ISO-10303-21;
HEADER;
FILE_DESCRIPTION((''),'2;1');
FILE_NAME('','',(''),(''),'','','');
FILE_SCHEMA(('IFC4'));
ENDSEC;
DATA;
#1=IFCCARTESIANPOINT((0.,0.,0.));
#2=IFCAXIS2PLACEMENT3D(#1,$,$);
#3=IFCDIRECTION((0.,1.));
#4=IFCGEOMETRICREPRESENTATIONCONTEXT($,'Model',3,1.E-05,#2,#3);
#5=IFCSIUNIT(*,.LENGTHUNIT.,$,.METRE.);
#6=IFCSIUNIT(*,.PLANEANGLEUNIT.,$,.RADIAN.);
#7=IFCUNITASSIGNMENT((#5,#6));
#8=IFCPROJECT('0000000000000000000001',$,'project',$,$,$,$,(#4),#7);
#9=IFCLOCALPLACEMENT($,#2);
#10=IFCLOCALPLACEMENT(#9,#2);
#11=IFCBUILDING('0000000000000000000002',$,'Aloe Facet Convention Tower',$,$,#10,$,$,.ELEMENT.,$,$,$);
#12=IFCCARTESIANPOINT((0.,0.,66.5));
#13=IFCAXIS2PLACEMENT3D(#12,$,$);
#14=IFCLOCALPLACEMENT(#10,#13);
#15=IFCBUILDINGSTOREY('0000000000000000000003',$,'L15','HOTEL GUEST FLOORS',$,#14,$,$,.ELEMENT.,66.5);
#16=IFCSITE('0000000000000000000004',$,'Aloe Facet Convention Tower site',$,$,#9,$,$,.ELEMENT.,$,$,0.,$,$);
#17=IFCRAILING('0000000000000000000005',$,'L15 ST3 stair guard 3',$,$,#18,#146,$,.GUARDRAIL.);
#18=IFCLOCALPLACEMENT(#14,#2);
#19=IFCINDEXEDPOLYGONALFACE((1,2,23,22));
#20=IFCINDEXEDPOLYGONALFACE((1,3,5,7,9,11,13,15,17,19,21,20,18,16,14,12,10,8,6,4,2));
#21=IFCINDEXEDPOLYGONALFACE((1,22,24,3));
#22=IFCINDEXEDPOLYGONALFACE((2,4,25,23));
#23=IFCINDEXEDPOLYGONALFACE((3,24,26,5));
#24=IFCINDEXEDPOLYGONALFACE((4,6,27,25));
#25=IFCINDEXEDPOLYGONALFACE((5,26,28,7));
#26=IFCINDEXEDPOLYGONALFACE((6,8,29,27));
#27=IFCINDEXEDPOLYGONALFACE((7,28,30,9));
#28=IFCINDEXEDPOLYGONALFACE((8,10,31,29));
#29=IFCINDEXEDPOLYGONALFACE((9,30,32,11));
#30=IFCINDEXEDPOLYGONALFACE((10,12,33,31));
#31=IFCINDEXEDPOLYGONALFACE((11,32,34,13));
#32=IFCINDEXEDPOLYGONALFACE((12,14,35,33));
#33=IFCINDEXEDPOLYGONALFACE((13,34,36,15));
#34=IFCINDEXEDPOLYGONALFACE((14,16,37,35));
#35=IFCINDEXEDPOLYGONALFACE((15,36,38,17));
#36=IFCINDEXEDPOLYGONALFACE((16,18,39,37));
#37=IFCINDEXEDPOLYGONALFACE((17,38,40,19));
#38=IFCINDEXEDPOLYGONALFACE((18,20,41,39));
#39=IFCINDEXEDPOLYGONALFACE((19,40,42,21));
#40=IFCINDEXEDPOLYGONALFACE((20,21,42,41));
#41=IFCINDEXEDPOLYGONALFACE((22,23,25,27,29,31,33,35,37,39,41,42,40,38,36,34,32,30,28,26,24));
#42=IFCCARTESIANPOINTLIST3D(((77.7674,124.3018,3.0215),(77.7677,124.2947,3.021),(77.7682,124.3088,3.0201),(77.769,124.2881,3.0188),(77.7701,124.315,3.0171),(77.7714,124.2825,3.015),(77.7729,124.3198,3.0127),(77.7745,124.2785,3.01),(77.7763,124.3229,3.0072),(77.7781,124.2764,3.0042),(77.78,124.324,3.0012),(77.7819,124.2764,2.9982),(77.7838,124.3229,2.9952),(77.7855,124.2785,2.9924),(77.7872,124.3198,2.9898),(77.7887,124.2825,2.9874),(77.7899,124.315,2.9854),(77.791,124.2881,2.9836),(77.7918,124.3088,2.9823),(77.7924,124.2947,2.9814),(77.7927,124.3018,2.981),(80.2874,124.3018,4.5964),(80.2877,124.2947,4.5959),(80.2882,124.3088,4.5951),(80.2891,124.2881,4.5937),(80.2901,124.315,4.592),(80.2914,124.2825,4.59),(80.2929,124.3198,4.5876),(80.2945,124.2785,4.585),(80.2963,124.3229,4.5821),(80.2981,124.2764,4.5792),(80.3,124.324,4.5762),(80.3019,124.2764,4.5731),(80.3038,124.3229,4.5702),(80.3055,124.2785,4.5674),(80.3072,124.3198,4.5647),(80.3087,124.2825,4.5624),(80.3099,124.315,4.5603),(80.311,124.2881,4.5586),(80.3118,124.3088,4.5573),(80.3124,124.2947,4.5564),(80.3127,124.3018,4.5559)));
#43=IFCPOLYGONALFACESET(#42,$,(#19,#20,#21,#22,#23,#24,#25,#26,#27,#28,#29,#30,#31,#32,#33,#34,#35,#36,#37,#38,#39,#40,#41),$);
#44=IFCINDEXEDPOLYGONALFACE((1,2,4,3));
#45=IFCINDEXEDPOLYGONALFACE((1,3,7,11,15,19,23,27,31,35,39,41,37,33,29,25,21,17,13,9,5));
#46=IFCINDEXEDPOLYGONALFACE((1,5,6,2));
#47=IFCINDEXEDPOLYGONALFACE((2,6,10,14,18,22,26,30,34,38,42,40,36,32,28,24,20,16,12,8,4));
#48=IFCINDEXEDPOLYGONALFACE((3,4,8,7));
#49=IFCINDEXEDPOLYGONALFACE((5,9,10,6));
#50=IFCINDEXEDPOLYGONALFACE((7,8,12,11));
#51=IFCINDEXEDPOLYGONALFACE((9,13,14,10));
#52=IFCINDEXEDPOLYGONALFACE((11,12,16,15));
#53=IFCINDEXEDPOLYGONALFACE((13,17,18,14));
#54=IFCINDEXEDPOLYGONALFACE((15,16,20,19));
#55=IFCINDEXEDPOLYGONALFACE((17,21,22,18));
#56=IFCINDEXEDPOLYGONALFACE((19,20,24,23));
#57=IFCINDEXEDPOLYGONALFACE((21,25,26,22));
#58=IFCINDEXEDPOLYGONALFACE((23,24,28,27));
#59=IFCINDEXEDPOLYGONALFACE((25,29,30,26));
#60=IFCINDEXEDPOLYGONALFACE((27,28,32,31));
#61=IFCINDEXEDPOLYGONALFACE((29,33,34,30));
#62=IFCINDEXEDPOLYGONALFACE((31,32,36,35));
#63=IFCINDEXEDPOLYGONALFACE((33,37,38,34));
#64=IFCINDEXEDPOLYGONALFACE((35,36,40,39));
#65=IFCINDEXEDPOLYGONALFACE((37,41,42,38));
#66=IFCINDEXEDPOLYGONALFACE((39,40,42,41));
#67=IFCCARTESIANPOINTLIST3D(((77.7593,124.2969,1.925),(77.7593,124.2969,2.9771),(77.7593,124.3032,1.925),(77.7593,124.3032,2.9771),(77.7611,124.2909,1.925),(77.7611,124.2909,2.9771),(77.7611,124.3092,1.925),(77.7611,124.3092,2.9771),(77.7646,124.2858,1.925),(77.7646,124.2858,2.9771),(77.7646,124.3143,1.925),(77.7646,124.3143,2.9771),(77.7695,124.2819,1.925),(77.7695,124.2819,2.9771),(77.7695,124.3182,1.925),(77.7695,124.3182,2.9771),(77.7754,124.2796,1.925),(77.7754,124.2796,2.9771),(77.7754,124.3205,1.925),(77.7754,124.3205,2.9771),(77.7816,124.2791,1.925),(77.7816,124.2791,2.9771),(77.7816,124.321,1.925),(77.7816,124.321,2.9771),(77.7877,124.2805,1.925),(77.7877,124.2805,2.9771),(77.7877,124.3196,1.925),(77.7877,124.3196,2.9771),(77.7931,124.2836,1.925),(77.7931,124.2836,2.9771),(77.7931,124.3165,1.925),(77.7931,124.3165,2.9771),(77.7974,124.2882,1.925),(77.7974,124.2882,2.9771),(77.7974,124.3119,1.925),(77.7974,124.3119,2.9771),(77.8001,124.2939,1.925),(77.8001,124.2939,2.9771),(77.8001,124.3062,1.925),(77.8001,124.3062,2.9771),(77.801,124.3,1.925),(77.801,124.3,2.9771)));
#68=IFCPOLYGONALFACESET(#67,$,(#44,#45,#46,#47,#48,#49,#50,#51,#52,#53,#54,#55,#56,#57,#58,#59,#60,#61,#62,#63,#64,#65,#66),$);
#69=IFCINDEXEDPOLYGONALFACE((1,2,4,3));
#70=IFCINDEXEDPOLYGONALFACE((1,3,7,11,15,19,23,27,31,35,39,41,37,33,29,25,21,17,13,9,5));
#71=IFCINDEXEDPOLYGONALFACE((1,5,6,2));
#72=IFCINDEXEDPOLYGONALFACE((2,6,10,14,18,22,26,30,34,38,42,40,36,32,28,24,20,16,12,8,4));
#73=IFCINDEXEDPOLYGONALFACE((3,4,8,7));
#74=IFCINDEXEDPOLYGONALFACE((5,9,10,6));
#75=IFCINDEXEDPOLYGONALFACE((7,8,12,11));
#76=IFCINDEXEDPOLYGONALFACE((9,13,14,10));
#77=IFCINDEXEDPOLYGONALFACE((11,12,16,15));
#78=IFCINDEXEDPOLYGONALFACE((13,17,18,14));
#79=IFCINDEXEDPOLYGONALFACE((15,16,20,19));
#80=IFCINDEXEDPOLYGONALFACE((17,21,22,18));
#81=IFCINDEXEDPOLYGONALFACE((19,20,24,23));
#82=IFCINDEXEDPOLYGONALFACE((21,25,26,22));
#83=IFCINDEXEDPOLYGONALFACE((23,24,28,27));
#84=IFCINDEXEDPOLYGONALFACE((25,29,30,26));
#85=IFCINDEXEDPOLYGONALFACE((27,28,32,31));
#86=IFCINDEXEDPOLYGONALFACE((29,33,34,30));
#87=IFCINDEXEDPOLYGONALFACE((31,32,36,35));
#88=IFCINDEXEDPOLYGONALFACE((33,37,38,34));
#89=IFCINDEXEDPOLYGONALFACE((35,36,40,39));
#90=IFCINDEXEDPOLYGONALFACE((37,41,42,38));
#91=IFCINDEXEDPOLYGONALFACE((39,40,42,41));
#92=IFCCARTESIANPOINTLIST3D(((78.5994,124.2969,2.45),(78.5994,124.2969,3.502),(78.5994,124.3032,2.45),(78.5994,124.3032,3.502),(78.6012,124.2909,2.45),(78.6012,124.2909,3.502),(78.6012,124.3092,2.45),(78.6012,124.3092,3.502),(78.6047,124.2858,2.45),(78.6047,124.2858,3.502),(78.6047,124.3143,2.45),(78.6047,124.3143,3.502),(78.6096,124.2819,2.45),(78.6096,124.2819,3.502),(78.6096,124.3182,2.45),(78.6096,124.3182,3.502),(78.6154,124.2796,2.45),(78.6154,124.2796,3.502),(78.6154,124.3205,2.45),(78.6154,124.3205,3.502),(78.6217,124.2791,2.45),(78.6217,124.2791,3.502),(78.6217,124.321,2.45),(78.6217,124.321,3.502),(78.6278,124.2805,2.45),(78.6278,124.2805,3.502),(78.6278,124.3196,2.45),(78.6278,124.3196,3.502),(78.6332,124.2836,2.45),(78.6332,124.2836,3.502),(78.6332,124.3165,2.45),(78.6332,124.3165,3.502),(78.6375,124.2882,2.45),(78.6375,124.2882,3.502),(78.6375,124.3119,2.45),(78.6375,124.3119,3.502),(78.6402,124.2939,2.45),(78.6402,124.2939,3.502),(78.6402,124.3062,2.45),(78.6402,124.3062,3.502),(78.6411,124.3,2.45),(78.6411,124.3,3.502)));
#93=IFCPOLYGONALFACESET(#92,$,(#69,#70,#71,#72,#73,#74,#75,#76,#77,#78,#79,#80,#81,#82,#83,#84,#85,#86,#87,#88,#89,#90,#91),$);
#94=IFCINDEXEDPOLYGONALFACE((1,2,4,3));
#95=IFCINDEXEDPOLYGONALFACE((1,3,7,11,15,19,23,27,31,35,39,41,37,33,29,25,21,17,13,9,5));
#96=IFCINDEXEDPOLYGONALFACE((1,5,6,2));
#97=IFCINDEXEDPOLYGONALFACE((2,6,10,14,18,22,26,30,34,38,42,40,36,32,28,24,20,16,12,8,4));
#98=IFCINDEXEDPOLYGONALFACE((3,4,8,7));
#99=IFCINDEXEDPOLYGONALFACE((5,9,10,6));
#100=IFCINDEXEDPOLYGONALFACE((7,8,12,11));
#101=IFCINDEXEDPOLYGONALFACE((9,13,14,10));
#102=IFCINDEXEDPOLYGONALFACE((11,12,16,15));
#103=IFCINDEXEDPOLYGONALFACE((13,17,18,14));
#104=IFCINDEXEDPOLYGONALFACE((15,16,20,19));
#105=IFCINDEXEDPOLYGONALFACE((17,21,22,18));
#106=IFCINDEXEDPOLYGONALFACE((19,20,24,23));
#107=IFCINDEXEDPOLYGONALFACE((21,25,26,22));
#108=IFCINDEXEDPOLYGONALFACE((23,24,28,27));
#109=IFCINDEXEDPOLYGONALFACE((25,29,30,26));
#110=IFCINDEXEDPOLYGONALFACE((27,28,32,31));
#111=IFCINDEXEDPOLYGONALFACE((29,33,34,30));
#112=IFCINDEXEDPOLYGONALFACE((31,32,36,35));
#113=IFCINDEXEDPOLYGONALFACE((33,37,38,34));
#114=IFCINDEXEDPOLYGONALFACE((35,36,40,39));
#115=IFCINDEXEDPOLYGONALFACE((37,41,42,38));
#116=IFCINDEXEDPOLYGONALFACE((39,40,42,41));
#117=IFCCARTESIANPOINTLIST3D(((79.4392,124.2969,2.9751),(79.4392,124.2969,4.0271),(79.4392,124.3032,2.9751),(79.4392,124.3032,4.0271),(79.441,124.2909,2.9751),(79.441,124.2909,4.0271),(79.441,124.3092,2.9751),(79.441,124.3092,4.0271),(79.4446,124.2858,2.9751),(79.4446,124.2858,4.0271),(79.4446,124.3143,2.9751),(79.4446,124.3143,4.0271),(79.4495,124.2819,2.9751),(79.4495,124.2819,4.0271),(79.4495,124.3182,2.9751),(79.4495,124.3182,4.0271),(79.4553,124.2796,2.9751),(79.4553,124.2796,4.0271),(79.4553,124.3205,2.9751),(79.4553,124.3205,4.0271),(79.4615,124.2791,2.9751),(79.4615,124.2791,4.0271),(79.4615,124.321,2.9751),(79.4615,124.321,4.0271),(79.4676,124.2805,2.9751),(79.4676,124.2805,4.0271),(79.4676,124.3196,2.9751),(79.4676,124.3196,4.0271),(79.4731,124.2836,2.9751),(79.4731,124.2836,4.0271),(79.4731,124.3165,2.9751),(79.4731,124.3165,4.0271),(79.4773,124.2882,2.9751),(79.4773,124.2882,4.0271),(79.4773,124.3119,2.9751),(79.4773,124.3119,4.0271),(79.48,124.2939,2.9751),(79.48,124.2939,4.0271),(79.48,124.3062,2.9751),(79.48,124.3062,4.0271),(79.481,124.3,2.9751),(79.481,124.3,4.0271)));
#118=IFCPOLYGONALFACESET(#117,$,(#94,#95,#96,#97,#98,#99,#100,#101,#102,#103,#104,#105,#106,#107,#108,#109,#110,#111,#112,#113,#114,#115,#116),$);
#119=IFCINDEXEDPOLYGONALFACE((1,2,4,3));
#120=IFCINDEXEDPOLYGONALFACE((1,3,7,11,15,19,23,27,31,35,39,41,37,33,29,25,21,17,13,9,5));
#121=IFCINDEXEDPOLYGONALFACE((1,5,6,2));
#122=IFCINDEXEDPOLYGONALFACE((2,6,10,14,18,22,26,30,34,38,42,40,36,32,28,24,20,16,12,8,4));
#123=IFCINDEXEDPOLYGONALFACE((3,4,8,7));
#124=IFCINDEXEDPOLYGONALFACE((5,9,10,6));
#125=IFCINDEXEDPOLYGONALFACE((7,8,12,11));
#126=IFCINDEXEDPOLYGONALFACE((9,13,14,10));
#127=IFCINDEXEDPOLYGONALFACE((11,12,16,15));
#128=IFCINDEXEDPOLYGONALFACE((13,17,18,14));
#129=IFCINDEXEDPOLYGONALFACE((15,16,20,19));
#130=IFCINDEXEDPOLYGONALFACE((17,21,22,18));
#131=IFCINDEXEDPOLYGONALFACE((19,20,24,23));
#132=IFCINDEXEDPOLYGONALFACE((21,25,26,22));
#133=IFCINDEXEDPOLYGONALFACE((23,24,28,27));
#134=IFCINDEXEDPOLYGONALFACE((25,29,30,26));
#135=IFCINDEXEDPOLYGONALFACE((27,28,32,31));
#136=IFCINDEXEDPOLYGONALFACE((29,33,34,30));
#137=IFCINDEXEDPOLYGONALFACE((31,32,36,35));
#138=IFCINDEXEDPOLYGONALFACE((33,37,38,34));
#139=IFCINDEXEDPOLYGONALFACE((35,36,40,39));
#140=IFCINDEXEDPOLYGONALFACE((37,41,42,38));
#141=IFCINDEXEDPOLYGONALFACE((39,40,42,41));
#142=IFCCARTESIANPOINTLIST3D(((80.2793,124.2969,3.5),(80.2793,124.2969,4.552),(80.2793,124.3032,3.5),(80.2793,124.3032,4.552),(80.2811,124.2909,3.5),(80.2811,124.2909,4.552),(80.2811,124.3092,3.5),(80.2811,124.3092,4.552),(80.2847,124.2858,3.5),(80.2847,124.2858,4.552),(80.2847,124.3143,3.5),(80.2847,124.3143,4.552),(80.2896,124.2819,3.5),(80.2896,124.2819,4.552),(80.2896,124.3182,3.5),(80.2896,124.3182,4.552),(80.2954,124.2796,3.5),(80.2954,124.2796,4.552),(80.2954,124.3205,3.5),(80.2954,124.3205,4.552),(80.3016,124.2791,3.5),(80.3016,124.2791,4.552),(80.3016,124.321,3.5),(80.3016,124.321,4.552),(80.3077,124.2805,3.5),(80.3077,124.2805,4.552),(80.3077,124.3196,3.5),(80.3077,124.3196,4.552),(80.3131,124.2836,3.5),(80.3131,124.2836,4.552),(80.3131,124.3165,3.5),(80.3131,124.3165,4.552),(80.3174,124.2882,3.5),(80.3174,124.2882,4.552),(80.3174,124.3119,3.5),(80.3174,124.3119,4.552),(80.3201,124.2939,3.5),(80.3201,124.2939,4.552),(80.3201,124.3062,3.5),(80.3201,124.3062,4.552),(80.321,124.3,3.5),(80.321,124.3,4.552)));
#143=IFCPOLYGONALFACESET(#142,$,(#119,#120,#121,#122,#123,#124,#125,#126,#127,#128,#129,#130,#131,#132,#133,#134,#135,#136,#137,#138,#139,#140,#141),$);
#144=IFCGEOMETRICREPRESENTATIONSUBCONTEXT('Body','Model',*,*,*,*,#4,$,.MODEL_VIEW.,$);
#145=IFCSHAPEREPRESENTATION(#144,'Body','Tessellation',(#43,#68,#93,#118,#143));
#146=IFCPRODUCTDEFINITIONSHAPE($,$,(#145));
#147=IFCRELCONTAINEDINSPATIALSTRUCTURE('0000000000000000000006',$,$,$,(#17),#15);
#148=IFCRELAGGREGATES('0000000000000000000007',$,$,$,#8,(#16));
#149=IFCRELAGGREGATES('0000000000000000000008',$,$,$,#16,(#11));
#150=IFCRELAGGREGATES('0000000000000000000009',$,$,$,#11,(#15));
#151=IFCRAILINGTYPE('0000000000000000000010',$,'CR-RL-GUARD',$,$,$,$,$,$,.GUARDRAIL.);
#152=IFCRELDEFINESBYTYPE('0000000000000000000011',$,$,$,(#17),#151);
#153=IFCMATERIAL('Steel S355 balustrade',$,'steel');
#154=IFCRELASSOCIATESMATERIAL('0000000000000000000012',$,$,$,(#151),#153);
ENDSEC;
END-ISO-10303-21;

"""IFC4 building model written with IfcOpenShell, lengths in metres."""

from ifc_helpers import new_model, si_unit, direction, frame, origin, origin_2d, place, context, subcontext, project, spatial, circle, extrude, material, type_object, element, save


model = new_model("IFC4")

# Units and contexts
model_context = context("Model", 3, precision=1e-05, world=origin(), true_north=direction((0.0, 1.0)))
body_context = subcontext(model_context, "Body", "Model", "MODEL_VIEW")
ifc_project = project(units=[si_unit("LENGTHUNIT", "METRE"), si_unit("PLANEANGLEUNIT", "RADIAN")], contexts=[model_context])

# Site, building, storey
site_placement = place(None, origin())
site = spatial("IfcSite", under=ifc_project, at=site_placement, Name="Aloe Facet Convention Tower site", CompositionType="ELEMENT", RefElevation=0.0)
building_placement = place(site_placement, origin())
building = spatial("IfcBuilding", under=site, at=building_placement, Name="Aloe Facet Convention Tower", CompositionType="ELEMENT")
storey_placement = place(building_placement, frame((0.0, 0.0, 66.5)))
storey = spatial("IfcBuildingStorey", under=building, at=storey_placement, Name="L15", Description="HOTEL GUEST FLOORS", CompositionType="ELEMENT", Elevation=66.5)

# Railing
ifc_material_1 = material(Name="Steel S355 balustrade", Category="steel")
railing_type_1 = type_object("IfcRailingType", Name="CR-RL-GUARD", PredefinedType="GUARDRAIL", material=ifc_material_1)
railing_1_placement = place(storey_placement, frame((77.78, 124.3, 1.925)))
element("IfcRailing", 1, at=railing_1_placement, inside=storey, type_object=railing_type_1, Name="L15 ST3 stair guard 3", PredefinedType="GUARDRAIL", context=body_context, shape_type="SweptSolid", body=[
    extrude(circle(Radius=0.0239, at=origin_2d()), frame((0.0, 0.0, 1.0762), z_axis=(0.848008, 0.0, 0.529984), x_axis=(0.0, 1.0, 0.0)), (0.0, 0.0, 1.0), 2.9717),
    extrude(circle(Radius=0.021, at=origin_2d()), origin(), (0.0, 0.0, 1.0), 1.052),
    extrude(circle(Radius=0.021, at=origin_2d()), frame((0.8401, 0.0, 0.5249)), (0.0, 0.0, 1.0), 1.052),
    extrude(circle(Radius=0.021, at=origin_2d()), frame((1.6799, 0.0, 1.05)), (0.0, 0.0, 1.0), 1.052),
    extrude(circle(Radius=0.021, at=origin_2d()), frame((2.52, 0.0, 1.575)), (0.0, 0.0, 1.0), 1.052),
])

save(model, "model.ifc")
